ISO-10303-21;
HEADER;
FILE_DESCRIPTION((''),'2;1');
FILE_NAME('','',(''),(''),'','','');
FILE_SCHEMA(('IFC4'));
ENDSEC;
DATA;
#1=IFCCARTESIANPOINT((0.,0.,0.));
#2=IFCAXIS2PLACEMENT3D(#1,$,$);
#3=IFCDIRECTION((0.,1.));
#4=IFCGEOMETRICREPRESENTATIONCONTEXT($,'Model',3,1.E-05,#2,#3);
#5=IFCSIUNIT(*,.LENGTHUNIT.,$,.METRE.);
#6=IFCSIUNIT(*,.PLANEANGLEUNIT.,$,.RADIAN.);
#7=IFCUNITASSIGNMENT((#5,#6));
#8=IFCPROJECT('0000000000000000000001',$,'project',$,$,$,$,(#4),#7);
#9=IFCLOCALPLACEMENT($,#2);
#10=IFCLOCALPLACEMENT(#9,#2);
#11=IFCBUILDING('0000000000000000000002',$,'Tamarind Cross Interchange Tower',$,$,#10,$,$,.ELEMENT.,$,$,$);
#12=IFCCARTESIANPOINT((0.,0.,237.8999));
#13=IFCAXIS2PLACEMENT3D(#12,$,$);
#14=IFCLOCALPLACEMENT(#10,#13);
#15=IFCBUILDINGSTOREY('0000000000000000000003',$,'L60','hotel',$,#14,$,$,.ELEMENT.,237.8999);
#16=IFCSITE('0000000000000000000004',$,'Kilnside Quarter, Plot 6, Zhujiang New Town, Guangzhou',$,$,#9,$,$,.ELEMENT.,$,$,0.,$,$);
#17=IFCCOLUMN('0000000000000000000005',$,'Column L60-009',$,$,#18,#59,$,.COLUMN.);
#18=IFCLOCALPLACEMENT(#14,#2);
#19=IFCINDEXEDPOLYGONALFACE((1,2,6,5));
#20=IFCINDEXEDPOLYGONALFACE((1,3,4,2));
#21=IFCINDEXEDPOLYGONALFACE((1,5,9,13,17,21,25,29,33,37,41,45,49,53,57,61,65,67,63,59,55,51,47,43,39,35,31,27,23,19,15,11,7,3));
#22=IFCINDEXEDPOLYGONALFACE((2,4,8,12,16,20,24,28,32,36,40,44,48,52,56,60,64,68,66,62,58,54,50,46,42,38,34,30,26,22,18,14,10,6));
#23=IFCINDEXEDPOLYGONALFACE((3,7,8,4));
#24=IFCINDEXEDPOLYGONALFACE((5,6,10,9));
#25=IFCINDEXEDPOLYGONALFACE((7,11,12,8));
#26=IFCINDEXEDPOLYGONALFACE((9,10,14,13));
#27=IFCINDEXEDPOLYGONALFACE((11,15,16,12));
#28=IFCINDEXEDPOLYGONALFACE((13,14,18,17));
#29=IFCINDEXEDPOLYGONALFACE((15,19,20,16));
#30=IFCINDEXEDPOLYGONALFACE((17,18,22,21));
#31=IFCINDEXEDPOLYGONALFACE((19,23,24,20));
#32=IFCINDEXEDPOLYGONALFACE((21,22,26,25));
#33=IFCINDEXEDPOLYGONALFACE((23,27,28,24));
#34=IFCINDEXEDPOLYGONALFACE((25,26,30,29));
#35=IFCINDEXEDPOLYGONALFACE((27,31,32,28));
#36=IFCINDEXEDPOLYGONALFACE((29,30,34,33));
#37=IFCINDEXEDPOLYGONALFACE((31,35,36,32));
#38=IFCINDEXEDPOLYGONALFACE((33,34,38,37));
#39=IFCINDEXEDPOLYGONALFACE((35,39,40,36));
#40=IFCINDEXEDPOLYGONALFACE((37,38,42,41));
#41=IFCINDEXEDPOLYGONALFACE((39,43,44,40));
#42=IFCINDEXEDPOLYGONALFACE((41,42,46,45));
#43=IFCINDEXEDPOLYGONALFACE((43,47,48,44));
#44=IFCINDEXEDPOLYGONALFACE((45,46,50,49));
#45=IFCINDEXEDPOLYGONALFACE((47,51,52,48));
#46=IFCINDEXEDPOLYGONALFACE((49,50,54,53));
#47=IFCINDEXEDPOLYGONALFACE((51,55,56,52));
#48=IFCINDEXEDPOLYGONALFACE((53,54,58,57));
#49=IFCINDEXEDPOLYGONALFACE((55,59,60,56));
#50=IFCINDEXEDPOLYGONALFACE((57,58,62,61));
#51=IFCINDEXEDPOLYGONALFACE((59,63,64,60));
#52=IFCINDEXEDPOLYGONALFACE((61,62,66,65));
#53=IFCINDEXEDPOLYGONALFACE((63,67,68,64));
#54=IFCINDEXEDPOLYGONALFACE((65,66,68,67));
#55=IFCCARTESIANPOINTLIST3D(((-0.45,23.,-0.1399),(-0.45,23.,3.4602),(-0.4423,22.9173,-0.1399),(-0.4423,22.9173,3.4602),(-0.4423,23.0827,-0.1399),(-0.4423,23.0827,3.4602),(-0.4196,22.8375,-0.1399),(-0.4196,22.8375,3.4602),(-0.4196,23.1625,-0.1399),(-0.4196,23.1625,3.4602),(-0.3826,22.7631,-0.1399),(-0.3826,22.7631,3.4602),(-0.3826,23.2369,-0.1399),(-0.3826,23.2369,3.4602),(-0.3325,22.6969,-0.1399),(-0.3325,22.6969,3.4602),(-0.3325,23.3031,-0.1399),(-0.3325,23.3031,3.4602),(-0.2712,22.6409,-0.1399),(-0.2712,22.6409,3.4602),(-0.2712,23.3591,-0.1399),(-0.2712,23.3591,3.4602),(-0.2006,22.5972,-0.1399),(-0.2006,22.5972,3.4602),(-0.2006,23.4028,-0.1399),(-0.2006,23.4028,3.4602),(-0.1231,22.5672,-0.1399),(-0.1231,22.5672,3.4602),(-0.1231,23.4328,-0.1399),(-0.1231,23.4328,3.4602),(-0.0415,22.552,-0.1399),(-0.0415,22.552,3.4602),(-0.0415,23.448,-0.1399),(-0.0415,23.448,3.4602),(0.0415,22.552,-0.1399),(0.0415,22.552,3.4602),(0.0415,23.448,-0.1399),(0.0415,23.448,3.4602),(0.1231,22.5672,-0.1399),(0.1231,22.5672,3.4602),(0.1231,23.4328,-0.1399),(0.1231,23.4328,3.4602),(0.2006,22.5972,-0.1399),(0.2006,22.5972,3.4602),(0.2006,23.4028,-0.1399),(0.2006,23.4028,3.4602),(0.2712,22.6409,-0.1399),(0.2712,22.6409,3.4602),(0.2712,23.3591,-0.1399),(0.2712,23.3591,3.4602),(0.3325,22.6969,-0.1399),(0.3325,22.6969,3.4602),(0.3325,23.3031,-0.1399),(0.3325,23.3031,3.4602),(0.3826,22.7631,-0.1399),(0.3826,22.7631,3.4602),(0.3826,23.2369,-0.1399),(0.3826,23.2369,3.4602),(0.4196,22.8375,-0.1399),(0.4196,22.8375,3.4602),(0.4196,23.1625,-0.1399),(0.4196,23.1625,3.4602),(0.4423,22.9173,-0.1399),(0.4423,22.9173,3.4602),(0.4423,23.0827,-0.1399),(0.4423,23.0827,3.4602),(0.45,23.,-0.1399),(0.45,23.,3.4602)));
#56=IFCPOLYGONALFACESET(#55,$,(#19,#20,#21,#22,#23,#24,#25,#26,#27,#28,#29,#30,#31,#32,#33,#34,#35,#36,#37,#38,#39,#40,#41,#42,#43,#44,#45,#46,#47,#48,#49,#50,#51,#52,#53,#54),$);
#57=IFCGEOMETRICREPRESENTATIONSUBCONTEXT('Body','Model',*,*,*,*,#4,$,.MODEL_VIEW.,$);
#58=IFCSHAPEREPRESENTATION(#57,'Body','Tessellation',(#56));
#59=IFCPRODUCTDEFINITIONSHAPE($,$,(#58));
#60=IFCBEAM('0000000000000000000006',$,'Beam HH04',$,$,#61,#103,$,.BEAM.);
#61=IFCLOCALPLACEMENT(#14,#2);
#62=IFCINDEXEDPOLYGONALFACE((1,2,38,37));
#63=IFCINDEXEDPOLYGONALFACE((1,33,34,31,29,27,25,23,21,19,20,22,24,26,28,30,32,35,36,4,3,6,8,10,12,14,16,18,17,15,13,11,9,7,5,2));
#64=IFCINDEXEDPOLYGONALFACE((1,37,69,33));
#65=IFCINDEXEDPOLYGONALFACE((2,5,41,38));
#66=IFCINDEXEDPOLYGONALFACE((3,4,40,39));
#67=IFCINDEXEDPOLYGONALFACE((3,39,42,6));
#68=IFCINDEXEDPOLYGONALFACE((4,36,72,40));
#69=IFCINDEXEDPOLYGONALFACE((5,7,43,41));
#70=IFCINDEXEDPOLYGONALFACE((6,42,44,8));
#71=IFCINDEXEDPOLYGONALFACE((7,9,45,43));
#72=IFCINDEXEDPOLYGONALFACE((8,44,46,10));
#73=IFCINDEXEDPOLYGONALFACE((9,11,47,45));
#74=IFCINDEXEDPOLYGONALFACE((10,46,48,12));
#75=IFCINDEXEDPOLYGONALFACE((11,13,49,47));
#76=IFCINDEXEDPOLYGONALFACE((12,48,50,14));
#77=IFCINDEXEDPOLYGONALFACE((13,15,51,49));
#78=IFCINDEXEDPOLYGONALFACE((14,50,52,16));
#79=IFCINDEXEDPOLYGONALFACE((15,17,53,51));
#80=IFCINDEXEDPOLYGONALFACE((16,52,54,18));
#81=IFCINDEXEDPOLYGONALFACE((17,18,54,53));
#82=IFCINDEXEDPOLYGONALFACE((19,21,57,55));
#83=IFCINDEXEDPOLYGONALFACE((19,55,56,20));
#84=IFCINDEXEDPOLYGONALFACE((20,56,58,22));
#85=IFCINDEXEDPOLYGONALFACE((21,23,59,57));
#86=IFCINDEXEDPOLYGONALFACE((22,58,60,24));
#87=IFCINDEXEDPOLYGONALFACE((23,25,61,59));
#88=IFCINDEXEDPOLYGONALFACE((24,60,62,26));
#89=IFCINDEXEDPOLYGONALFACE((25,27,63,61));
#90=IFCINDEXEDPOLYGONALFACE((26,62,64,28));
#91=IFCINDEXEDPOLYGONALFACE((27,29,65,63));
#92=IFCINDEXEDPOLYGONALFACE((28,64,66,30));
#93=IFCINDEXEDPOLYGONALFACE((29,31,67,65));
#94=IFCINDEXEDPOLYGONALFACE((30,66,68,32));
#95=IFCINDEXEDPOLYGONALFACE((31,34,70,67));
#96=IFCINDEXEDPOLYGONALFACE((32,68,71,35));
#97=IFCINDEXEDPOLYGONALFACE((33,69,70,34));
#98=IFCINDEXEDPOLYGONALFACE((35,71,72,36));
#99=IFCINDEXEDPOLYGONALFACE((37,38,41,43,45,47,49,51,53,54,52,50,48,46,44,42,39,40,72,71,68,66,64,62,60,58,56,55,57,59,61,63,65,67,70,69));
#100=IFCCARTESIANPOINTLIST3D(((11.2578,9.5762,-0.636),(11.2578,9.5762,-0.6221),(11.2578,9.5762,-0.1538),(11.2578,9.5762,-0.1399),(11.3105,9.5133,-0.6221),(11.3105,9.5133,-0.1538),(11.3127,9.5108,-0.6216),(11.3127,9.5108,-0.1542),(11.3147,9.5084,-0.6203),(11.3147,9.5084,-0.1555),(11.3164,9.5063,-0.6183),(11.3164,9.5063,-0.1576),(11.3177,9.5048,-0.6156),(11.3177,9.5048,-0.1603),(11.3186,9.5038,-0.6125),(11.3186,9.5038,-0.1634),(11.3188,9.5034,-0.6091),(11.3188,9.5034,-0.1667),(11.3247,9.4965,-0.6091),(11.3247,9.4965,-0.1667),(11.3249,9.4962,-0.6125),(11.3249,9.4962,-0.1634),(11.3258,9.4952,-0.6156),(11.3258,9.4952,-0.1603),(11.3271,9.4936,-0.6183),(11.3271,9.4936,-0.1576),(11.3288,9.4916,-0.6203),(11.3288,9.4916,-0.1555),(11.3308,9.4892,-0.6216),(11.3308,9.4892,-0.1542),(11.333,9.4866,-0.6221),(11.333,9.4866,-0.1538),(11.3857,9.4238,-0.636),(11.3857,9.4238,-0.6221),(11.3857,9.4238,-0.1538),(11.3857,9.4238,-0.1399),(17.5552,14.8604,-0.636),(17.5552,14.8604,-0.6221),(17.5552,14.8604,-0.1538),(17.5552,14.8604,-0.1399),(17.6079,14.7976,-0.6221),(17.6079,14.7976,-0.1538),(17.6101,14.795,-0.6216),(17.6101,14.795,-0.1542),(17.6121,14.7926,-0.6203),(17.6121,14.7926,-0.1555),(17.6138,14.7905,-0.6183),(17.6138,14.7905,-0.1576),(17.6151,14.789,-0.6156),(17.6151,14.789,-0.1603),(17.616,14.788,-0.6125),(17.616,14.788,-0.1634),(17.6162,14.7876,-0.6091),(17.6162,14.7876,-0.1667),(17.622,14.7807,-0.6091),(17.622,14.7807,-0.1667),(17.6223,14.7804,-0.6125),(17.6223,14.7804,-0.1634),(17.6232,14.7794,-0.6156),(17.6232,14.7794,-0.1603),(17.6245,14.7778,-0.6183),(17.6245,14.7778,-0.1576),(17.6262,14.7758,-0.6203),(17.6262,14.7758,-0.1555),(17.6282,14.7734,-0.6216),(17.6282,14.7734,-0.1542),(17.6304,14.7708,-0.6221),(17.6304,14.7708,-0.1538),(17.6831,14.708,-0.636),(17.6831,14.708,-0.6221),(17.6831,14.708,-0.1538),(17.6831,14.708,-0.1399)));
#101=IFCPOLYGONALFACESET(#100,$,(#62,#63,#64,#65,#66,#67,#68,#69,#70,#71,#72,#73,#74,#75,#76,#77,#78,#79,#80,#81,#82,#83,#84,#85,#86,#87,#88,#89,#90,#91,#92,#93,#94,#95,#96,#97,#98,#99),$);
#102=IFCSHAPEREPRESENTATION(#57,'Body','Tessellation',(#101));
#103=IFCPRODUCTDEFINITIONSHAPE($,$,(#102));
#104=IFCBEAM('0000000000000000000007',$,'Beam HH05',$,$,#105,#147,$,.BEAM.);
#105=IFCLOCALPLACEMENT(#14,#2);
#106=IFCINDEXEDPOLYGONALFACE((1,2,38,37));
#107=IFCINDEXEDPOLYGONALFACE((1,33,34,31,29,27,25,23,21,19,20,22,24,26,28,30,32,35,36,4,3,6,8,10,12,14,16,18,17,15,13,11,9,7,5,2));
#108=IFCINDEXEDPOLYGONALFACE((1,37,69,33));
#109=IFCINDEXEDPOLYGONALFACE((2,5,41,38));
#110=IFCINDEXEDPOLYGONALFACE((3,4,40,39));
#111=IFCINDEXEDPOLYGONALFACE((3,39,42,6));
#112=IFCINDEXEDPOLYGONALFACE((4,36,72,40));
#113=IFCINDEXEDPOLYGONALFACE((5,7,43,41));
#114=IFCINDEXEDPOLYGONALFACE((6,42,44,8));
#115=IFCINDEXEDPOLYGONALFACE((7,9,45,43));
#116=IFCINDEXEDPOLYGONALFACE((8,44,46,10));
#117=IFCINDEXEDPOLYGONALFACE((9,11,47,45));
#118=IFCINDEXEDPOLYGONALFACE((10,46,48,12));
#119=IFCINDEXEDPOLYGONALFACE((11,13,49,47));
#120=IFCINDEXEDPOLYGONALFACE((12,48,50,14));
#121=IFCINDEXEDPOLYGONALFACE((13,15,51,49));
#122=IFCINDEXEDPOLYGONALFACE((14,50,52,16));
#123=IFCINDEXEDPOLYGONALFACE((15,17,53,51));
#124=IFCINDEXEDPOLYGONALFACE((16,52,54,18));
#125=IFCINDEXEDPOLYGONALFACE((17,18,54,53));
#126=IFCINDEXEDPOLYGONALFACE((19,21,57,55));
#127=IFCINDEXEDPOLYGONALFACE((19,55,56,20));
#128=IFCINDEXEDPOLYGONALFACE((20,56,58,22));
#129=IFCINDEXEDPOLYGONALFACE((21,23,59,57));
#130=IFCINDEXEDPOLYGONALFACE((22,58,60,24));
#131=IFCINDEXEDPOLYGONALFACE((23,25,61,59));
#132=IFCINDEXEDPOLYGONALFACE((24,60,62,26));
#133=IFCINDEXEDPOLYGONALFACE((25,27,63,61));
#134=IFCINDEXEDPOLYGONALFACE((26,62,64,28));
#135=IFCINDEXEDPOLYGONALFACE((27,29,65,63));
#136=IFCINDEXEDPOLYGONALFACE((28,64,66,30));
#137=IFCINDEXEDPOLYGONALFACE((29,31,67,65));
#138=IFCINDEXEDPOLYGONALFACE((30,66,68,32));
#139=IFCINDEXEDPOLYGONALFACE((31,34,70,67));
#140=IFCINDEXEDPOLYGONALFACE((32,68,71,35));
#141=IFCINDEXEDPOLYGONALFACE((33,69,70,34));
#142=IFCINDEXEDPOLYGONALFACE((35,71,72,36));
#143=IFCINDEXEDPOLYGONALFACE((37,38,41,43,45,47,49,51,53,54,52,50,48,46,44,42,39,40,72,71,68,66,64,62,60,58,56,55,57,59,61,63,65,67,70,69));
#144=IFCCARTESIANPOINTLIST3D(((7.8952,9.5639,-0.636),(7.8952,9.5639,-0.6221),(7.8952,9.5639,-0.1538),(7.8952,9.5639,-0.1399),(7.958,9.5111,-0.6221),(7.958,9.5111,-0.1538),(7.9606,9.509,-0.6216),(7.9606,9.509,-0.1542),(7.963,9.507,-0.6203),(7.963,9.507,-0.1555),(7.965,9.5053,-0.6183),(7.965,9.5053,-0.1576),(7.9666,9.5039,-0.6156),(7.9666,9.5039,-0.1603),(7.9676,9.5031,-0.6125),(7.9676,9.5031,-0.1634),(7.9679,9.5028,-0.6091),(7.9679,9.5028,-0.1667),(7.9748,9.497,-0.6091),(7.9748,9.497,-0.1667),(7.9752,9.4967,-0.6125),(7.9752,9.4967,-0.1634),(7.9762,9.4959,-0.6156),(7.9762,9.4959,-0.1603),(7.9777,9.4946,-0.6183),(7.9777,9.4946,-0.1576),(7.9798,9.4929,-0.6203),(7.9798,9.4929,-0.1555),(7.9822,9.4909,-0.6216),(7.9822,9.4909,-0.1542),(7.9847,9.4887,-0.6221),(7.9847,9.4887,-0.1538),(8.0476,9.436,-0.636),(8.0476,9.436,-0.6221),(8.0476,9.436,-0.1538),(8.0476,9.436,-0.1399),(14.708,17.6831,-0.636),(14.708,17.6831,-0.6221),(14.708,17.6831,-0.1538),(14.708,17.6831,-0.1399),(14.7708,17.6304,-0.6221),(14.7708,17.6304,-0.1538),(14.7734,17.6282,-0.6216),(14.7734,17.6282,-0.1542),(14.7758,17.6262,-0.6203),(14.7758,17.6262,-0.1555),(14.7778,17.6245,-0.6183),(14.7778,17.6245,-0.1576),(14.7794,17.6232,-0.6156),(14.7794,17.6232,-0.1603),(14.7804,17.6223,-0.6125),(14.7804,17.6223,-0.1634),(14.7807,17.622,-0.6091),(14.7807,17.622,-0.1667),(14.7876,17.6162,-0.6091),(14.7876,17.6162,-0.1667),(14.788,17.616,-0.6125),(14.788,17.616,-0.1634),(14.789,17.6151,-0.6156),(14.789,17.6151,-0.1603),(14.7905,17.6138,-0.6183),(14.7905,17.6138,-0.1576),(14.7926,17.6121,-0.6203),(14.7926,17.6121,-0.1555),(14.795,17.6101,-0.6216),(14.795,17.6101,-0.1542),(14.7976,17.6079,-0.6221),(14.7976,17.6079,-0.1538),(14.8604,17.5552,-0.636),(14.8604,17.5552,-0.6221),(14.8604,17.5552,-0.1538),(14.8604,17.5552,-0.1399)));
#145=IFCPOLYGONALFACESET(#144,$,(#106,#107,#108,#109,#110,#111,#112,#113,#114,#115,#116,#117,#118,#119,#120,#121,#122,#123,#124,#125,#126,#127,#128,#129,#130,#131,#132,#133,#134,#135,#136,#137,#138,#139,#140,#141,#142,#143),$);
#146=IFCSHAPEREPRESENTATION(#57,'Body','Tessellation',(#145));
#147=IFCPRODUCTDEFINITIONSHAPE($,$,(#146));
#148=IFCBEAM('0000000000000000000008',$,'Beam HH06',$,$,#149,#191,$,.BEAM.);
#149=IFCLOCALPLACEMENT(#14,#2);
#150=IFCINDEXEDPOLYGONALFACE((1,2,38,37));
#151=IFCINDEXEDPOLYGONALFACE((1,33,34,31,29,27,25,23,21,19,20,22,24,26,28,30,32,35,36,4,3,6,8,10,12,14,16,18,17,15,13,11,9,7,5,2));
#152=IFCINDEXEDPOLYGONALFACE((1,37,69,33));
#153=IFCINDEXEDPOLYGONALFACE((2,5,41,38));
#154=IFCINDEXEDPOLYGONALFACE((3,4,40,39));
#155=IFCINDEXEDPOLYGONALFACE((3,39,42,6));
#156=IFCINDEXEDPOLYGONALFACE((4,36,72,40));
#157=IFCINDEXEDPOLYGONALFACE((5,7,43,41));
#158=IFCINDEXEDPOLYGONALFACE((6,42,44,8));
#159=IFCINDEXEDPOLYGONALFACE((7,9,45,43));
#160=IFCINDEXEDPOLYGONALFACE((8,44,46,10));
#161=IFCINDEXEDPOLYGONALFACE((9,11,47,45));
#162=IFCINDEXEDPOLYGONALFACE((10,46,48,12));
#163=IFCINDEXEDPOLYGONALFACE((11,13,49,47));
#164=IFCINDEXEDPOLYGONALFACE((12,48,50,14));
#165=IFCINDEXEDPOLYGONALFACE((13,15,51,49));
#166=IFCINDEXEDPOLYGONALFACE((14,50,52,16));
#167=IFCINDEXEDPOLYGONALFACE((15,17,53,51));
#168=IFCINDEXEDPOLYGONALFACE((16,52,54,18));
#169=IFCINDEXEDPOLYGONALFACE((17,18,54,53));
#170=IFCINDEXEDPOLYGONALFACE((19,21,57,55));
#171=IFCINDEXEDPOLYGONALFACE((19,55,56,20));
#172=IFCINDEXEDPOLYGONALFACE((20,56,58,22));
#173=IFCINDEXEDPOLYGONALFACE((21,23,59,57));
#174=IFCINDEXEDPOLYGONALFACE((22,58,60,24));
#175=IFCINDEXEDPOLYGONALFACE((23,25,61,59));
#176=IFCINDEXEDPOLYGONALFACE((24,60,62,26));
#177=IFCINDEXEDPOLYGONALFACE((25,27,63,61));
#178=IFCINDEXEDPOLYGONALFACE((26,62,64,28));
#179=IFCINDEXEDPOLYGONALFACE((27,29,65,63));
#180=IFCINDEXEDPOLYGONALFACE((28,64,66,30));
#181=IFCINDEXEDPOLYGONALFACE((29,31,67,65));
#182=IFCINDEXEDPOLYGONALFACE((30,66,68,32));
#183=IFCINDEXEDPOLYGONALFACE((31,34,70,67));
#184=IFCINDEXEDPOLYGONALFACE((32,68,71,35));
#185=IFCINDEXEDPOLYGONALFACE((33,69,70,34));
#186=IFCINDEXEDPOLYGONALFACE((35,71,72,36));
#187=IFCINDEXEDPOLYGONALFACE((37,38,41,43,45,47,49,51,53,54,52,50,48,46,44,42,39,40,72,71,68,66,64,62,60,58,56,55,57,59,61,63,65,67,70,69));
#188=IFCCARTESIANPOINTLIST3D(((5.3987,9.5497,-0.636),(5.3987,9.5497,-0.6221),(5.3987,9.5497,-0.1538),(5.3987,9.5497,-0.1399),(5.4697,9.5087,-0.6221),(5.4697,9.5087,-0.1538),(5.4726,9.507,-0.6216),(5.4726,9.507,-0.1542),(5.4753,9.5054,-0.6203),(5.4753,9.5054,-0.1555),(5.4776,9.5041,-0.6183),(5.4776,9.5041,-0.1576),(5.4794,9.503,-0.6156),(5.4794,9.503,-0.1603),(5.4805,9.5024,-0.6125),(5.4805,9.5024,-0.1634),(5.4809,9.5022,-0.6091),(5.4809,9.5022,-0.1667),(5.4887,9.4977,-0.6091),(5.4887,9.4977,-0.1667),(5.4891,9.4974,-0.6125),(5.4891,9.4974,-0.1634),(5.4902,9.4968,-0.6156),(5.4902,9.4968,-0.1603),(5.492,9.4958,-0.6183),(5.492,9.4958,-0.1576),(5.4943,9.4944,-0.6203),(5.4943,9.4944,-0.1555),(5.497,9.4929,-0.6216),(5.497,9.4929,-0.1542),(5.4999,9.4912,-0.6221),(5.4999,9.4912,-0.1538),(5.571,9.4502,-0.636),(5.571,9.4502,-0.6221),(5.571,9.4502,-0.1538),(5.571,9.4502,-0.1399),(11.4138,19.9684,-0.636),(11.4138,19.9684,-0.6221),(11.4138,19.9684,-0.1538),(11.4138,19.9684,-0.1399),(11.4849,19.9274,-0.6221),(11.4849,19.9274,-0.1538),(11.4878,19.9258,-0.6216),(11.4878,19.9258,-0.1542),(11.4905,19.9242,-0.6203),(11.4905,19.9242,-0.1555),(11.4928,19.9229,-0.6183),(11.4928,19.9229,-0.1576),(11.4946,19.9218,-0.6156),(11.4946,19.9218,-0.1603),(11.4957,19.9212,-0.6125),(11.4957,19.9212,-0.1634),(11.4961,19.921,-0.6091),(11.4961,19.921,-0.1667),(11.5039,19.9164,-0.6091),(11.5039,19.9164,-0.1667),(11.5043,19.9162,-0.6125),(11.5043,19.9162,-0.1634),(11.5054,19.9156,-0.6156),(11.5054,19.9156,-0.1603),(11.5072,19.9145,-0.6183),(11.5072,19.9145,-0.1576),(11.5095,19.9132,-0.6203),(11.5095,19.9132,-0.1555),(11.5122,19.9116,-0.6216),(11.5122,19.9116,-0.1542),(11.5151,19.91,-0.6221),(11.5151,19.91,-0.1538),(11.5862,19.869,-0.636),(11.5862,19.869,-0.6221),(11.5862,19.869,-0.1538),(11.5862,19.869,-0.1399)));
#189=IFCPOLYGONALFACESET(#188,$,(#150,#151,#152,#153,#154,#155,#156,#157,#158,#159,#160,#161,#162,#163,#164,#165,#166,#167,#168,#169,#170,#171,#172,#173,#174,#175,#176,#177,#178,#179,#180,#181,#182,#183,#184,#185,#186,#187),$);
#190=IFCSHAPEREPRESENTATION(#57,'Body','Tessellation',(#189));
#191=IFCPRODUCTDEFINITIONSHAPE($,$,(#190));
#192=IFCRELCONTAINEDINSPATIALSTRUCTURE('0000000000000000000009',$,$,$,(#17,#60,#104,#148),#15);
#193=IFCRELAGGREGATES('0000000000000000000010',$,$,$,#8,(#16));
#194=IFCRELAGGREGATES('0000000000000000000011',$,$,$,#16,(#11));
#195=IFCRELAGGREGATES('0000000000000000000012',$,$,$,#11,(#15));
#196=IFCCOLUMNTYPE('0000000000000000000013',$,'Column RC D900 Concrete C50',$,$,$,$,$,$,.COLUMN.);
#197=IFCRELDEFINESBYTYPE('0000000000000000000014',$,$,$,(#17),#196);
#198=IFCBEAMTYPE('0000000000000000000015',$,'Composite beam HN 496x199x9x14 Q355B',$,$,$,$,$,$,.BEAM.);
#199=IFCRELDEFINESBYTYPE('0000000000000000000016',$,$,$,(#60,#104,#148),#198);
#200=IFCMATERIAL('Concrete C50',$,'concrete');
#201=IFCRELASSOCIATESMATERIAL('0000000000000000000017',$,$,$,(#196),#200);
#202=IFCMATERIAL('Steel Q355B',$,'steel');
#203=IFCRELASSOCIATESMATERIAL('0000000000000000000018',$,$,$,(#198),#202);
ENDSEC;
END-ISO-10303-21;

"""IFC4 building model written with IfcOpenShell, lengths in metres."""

from ifc_helpers import new_model, si_unit, direction, frame, origin, origin_2d, place, context, subcontext, project, spatial, circle, i_section, extrude, material, material_profile, profile_set, type_object, element, save


model = new_model("IFC4")

# Units and contexts
model_context = context("Model", 3, precision=1e-05, world=origin(), true_north=direction((0.0, 1.0)))
body_context = subcontext(model_context, "Body", "Model", "MODEL_VIEW")
ifc_project = project(units=[si_unit("LENGTHUNIT", "METRE"), si_unit("PLANEANGLEUNIT", "RADIAN")], contexts=[model_context])

# Site, building, storey
site_placement = place(None, origin())
site = spatial("IfcSite", under=ifc_project, at=site_placement, Name="Kilnside Quarter, Plot 6, Zhujiang New Town, Guangzhou", CompositionType="ELEMENT", RefElevation=0.0)
building_placement = place(site_placement, origin())
building = spatial("IfcBuilding", under=site, at=building_placement, Name="Tamarind Cross Interchange Tower", CompositionType="ELEMENT")
storey_placement = place(building_placement, frame((0.0, 0.0, 237.8999)))
storey = spatial("IfcBuildingStorey", under=building, at=storey_placement, Name="L60", Description="hotel", CompositionType="ELEMENT", Elevation=237.8999)

# Column
ifc_material_1 = material(Name="Concrete C50", Category="concrete")
ifc_material_profile_1 = material_profile(ifc_material_1, circle(Radius=0.45, at=origin_2d()), Name="RC D900")
ifc_profile_set_1 = profile_set([ifc_material_profile_1], Name="Concrete C50")
column_type = type_object("IfcColumnType", Name="Column RC D900 Concrete C50", PredefinedType="COLUMN", material=ifc_profile_set_1)
for number, where, z_axis, x_axis, name in (
    (1, (0.0, 23.0, -0.1399), (0.0, 0.0, 1.0), (1.0, 0.0, 0.0), "Column L60-009"),
):
    element("IfcColumn", number, at=place(storey_placement, frame(where, z_axis=z_axis, x_axis=x_axis)), inside=storey, type_object=column_type, Name=name, PredefinedType="COLUMN", context=body_context, shape_type="SweptSolid", body=[
        extrude(circle(Radius=0.45, at=origin_2d()), origin(), (0.0, 0.0, 1.0), 3.6001),
    ])

# Beams
ifc_material_2 = material(Name="Steel Q355B", Category="steel")
ifc_material_profile_2 = material_profile(ifc_material_2, i_section(OverallWidth=0.199, OverallDepth=0.4961, WebThickness=0.009, FlangeThickness=0.0139, FilletRadius=0.0129, at=origin_2d()), Name="HN 496x199x9x14")
ifc_profile_set_2 = profile_set([ifc_material_profile_2], Name="Steel Q355B")
beam_type = type_object("IfcBeamType", Name="Composite beam HN 496x199x9x14 Q355B", PredefinedType="BEAM", material=ifc_profile_set_2)
beam_1_placement = place(storey_placement, frame((17.6191, 14.7842, -0.3879), z_axis=(-0.766041, -0.642792, 0.0), x_axis=(0.642792, -0.766041, 0.0)))
element("IfcBeam", 2, at=beam_1_placement, inside=storey, type_object=beam_type, Name="Beam HH04", PredefinedType="BEAM", context=body_context, shape_type="SweptSolid", body=[
    extrude(i_section(OverallWidth=0.199, OverallDepth=0.4961, WebThickness=0.009, FlangeThickness=0.0139, FilletRadius=0.0129, at=origin_2d()), origin(), (0.0, 0.0, 1.0), 8.2207),
])
beam_2_placement = place(storey_placement, frame((14.7842, 17.6191, -0.3879), z_axis=(-0.642786, -0.766046, 0.0), x_axis=(0.766046, -0.642786, 0.0)))
element("IfcBeam", 3, at=beam_2_placement, inside=storey, type_object=beam_type, Name="Beam HH05", PredefinedType="BEAM", context=body_context, shape_type="SweptSolid", body=[
    extrude(i_section(OverallWidth=0.199, OverallDepth=0.4961, WebThickness=0.009, FlangeThickness=0.0139, FilletRadius=0.0129, at=origin_2d()), origin(), (0.0, 0.0, 1.0), 10.5989),
])
beam_3_placement = place(storey_placement, frame((11.5, 19.9187, -0.3879), z_axis=(-0.499994, -0.866029, 0.0), x_axis=(0.866029, -0.499994, 0.0)))
element("IfcBeam", 4, at=beam_3_placement, inside=storey, type_object=beam_type, Name="Beam HH06", PredefinedType="BEAM", context=body_context, shape_type="SweptSolid", body=[
    extrude(i_section(OverallWidth=0.199, OverallDepth=0.4961, WebThickness=0.009, FlangeThickness=0.0139, FilletRadius=0.0129, at=origin_2d()), origin(), (0.0, 0.0, 1.0), 12.0305),
])

save(model, "model.ifc")
